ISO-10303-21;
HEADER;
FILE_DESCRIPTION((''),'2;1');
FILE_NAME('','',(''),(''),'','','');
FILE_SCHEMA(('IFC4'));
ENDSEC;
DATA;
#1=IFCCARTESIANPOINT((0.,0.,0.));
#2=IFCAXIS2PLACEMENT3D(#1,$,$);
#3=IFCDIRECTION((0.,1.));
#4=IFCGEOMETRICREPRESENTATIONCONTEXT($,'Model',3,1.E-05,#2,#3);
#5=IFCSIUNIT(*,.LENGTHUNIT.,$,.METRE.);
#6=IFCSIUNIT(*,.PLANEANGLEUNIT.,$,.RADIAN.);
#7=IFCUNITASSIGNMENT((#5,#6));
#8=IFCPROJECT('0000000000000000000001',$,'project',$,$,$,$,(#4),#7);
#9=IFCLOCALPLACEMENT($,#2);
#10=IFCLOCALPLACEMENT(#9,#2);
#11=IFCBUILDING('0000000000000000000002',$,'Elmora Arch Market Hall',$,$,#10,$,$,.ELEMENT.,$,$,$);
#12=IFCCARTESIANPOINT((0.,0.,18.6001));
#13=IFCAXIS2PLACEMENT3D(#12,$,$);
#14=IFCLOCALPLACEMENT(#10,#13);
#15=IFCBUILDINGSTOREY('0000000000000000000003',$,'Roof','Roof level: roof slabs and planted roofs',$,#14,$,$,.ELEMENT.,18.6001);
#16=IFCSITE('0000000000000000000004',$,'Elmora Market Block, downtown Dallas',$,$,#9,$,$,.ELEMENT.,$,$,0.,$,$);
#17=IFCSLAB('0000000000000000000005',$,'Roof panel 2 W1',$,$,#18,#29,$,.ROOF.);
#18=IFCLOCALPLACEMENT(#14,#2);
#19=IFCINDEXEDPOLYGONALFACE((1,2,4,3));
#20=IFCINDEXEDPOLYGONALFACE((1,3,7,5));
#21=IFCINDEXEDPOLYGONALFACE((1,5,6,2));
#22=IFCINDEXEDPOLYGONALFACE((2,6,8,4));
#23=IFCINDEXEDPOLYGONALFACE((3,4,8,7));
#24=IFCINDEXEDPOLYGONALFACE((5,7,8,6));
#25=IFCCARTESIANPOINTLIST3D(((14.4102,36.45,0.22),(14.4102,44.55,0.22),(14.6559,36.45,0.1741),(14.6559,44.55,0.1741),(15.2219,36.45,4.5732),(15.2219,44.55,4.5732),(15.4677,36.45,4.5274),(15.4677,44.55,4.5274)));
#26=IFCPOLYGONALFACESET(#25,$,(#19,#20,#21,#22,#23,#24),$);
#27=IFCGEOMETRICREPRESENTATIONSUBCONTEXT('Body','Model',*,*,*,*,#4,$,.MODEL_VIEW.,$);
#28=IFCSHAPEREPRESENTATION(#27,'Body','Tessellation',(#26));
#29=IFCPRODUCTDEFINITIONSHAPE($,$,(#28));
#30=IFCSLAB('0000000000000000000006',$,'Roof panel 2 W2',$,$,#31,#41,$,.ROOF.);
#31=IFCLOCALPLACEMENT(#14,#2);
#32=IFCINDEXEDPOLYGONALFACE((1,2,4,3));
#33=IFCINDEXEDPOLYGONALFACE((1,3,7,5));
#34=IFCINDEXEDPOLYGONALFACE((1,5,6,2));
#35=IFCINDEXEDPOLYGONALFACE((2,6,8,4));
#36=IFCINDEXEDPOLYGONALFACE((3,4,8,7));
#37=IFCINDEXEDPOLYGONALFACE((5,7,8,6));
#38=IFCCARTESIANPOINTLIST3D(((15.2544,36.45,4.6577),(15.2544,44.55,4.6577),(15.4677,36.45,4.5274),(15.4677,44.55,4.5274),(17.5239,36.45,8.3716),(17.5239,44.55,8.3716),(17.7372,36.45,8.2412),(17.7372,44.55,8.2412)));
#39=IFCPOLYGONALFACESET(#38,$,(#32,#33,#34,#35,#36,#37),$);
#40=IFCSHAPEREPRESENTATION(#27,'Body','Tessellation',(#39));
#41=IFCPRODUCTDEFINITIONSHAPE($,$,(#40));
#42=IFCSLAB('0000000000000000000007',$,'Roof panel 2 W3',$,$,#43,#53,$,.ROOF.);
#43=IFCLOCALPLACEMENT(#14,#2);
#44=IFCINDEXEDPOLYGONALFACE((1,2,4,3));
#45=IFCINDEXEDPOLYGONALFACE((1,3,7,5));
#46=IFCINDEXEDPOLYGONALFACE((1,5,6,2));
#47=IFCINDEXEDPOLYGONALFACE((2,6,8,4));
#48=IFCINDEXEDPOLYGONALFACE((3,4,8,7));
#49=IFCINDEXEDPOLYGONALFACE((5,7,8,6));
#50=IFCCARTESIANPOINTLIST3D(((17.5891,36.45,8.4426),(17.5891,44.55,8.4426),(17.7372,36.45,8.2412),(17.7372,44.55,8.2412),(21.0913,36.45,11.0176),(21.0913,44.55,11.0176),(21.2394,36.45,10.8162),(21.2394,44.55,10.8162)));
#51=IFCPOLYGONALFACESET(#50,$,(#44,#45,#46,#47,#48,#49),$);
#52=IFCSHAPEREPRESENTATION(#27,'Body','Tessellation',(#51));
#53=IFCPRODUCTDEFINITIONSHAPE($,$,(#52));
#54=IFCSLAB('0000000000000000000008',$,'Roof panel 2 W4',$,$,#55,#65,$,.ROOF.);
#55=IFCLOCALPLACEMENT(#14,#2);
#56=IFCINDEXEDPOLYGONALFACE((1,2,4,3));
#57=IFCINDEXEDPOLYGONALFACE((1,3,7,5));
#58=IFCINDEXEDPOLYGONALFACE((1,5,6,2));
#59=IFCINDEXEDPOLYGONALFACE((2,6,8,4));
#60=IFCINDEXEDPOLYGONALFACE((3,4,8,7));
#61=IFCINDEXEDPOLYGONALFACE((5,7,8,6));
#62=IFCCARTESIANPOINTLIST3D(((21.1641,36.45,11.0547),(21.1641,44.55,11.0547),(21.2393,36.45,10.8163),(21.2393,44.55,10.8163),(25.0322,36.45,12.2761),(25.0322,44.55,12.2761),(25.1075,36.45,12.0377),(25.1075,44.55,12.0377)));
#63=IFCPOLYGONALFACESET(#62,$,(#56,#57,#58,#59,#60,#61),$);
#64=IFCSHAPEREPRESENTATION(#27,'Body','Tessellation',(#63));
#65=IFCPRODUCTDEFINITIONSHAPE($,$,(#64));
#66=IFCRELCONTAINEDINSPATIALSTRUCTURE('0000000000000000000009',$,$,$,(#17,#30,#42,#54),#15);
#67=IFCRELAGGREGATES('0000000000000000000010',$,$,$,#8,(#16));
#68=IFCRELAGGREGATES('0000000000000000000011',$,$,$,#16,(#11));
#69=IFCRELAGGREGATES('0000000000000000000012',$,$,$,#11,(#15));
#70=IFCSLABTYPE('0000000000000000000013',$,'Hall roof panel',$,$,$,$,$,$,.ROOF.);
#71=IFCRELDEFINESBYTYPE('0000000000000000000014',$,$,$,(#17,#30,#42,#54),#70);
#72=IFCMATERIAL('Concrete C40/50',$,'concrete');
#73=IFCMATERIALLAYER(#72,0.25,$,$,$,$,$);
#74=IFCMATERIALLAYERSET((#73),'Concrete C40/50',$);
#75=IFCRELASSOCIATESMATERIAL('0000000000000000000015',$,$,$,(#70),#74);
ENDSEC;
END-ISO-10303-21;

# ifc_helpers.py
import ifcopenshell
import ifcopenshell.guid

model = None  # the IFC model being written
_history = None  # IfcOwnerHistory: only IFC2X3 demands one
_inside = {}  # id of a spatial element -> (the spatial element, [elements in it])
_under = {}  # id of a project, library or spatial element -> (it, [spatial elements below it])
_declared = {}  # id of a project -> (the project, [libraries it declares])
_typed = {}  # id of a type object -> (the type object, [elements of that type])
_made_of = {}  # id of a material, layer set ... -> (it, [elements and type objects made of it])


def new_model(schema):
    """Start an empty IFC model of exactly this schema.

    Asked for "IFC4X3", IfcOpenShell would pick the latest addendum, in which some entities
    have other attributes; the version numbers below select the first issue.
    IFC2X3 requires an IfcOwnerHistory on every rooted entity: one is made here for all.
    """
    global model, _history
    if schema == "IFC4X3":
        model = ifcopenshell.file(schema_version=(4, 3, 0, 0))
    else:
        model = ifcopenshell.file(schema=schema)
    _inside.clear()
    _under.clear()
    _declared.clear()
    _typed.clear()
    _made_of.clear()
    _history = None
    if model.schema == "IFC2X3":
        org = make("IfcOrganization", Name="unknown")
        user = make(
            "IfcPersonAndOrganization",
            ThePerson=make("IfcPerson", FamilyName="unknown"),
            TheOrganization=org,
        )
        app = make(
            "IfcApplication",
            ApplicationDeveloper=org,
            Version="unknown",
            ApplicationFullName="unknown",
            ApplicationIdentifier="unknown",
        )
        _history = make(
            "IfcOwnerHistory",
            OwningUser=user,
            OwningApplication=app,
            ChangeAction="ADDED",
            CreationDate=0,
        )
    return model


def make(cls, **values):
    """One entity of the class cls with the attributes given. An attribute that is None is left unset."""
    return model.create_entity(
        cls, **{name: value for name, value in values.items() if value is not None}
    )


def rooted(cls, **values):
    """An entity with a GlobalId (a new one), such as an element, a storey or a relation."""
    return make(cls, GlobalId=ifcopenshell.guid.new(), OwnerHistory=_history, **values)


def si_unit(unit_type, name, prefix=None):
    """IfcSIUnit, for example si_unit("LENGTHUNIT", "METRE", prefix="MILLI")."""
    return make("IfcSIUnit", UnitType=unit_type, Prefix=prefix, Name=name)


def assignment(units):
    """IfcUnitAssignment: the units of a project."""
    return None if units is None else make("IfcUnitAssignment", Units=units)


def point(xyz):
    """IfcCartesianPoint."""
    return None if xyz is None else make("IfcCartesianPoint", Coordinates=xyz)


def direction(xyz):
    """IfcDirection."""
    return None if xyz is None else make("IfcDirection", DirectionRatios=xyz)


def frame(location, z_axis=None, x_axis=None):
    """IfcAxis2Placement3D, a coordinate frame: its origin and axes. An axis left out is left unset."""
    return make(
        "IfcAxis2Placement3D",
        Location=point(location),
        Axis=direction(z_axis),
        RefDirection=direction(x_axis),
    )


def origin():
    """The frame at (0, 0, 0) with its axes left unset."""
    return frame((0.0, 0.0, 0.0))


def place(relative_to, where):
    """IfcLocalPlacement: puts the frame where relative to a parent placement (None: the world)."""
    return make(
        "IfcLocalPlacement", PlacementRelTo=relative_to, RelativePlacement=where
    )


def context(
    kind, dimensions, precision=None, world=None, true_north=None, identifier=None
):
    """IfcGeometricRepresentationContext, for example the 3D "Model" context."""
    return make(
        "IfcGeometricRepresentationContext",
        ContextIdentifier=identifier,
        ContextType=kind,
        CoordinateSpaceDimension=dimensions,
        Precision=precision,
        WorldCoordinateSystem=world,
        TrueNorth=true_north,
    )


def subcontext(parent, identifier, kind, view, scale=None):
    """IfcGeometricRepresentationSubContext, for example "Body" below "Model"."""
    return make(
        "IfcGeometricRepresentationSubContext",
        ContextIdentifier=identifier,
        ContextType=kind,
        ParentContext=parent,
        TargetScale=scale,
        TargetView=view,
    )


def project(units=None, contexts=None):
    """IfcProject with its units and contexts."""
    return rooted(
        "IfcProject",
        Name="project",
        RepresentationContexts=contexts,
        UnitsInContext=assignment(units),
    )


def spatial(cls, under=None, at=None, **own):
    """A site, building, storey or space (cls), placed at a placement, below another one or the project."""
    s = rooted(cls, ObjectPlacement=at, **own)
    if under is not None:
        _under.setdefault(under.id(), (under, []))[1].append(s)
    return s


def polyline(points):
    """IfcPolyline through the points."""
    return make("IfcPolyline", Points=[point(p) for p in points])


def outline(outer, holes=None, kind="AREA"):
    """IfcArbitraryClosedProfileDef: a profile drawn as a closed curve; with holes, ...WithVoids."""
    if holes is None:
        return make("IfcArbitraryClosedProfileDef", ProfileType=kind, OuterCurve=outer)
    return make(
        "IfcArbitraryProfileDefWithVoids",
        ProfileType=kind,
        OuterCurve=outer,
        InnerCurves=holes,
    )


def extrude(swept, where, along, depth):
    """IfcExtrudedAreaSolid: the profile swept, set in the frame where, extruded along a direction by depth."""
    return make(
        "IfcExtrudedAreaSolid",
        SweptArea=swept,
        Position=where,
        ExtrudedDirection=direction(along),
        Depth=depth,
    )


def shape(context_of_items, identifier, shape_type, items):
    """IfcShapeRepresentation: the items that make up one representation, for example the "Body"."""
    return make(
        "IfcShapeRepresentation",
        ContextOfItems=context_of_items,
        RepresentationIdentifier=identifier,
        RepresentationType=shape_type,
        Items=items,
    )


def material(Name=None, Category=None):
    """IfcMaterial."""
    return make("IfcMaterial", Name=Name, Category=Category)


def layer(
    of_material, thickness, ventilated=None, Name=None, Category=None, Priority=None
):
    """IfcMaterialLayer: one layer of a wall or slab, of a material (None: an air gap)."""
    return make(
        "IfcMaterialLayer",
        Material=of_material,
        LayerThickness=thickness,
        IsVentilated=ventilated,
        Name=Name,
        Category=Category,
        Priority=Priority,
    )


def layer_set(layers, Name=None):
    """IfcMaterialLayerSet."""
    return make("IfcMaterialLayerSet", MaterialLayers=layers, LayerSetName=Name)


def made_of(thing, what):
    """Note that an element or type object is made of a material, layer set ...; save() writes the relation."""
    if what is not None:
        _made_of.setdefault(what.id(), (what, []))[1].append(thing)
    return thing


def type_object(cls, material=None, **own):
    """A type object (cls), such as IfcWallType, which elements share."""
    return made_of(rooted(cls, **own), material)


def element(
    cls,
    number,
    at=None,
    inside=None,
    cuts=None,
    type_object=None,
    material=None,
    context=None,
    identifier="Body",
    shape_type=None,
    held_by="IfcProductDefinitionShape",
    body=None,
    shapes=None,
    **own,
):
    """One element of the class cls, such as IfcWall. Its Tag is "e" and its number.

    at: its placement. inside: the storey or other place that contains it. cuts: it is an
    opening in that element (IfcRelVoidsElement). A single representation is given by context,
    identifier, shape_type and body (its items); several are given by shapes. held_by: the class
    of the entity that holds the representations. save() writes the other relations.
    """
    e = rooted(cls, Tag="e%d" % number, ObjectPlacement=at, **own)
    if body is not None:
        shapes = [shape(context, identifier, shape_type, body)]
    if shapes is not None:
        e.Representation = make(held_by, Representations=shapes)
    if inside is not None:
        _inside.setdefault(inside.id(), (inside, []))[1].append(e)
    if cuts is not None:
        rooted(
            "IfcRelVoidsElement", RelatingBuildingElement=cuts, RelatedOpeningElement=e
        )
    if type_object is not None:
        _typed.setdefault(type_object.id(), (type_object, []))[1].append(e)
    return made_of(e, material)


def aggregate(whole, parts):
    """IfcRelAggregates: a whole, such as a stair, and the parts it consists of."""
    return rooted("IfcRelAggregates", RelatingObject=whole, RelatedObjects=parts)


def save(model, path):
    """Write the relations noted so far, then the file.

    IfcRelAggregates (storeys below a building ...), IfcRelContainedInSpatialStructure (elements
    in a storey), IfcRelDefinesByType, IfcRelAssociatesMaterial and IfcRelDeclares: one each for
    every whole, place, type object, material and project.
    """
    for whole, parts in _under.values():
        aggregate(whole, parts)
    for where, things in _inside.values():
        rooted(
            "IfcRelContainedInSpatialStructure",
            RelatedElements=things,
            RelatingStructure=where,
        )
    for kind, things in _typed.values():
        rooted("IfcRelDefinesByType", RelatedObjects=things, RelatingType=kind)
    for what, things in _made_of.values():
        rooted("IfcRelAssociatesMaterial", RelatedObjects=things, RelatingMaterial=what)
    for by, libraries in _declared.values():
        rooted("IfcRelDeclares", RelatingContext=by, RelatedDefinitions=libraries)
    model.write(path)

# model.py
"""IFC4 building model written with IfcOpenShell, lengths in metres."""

from ifc_helpers import new_model, si_unit, direction, frame, origin, place, context, subcontext, project, spatial, polyline, outline, extrude, material, layer, layer_set, type_object, element, save


model = new_model("IFC4")

# Units and contexts
model_context = context("Model", 3, precision=1e-05, world=origin(), true_north=direction((0.0, 1.0)))
body_context = subcontext(model_context, "Body", "Model", "MODEL_VIEW")
ifc_project = project(units=[si_unit("LENGTHUNIT", "METRE"), si_unit("PLANEANGLEUNIT", "RADIAN")], contexts=[model_context])

# Site, building, storey
site_placement = place(None, origin())
site = spatial("IfcSite", under=ifc_project, at=site_placement, Name="Elmora Market Block, downtown Dallas", CompositionType="ELEMENT", RefElevation=0.0)
building_placement = place(site_placement, origin())
building = spatial("IfcBuilding", under=site, at=building_placement, Name="Elmora Arch Market Hall", CompositionType="ELEMENT")
storey_placement = place(building_placement, frame((0.0, 0.0, 18.6001)))
storey = spatial("IfcBuildingStorey", under=building, at=storey_placement, Name="Roof", Description="Roof level: roof slabs and planted roofs", CompositionType="ELEMENT", Elevation=18.6001)

# Slabs
ifc_material_1 = material(Name="Concrete C40/50", Category="concrete")
ifc_layer_1 = layer(ifc_material_1, 0.25)
ifc_layer_set_1 = layer_set([ifc_layer_1], Name="Concrete C40/50")
slab_type = type_object("IfcSlabType", Name="Hall roof panel", PredefinedType="ROOF", material=ifc_layer_set_1)
slab_1_placement = place(storey_placement, frame((14.4102, 36.45, 0.22), z_axis=(-0.983055, 0.0, 0.183313), x_axis=(0.0, 1.0, 0.0)))
element("IfcSlab", 1, at=slab_1_placement, inside=storey, type_object=slab_type, Name="Roof panel 2 W1", PredefinedType="ROOF", context=body_context, shape_type="SweptSolid", body=[
    extrude(outline(polyline([(0.0, 0.0), (8.1001, 0.0), (8.1001, -4.4283), (0.0, -4.4283), (0.0, 0.0)])), origin(), (0.0, 0.0, -1.0), 0.25),
])
slab_2_placement = place(storey_placement, frame((15.2544, 36.45, 4.6577), z_axis=(-0.853287, 0.0, 0.521441), x_axis=(0.0, 1.0, 0.0)))
element("IfcSlab", 2, at=slab_2_placement, inside=storey, type_object=slab_type, Name="Roof panel 2 W2", PredefinedType="ROOF", context=body_context, shape_type="SweptSolid", body=[
    extrude(outline(polyline([(0.0, 0.0), (8.1001, 0.0), (8.1001, -4.3524), (0.0, -4.3524), (0.0, 0.0)])), origin(), (0.0, 0.0, -1.0), 0.25),
])
slab_3_placement = place(storey_placement, frame((17.5891, 36.45, 8.4426), z_axis=(-0.592362, 0.0, 0.805672), x_axis=(0.0, 1.0, 0.0)))
element("IfcSlab", 3, at=slab_3_placement, inside=storey, type_object=slab_type, Name="Roof panel 2 W3", PredefinedType="ROOF", context=body_context, shape_type="SweptSolid", body=[
    extrude(outline(polyline([(0.0, 0.0), (8.1001, 0.0), (8.1001, -4.3469), (0.0, -4.3469), (0.0, 0.0)])), origin(), (0.0, 0.0, -1.0), 0.25),
])
slab_4_placement = place(storey_placement, frame((21.1641, 36.45, 11.0547), z_axis=(-0.301111, 0.0, 0.953589), x_axis=(0.0, 1.0, 0.0)))
element("IfcSlab", 4, at=slab_4_placement, inside=storey, type_object=slab_type, Name="Roof panel 2 W4", PredefinedType="ROOF", context=body_context, shape_type="SweptSolid", body=[
    extrude(outline(polyline([(0.0, 0.0), (8.1001, 0.0), (8.1001, -4.0564), (0.0, -4.0564), (0.0, 0.0)])), origin(), (0.0, 0.0, -1.0), 0.25),
])

save(model, "model.ifc")
